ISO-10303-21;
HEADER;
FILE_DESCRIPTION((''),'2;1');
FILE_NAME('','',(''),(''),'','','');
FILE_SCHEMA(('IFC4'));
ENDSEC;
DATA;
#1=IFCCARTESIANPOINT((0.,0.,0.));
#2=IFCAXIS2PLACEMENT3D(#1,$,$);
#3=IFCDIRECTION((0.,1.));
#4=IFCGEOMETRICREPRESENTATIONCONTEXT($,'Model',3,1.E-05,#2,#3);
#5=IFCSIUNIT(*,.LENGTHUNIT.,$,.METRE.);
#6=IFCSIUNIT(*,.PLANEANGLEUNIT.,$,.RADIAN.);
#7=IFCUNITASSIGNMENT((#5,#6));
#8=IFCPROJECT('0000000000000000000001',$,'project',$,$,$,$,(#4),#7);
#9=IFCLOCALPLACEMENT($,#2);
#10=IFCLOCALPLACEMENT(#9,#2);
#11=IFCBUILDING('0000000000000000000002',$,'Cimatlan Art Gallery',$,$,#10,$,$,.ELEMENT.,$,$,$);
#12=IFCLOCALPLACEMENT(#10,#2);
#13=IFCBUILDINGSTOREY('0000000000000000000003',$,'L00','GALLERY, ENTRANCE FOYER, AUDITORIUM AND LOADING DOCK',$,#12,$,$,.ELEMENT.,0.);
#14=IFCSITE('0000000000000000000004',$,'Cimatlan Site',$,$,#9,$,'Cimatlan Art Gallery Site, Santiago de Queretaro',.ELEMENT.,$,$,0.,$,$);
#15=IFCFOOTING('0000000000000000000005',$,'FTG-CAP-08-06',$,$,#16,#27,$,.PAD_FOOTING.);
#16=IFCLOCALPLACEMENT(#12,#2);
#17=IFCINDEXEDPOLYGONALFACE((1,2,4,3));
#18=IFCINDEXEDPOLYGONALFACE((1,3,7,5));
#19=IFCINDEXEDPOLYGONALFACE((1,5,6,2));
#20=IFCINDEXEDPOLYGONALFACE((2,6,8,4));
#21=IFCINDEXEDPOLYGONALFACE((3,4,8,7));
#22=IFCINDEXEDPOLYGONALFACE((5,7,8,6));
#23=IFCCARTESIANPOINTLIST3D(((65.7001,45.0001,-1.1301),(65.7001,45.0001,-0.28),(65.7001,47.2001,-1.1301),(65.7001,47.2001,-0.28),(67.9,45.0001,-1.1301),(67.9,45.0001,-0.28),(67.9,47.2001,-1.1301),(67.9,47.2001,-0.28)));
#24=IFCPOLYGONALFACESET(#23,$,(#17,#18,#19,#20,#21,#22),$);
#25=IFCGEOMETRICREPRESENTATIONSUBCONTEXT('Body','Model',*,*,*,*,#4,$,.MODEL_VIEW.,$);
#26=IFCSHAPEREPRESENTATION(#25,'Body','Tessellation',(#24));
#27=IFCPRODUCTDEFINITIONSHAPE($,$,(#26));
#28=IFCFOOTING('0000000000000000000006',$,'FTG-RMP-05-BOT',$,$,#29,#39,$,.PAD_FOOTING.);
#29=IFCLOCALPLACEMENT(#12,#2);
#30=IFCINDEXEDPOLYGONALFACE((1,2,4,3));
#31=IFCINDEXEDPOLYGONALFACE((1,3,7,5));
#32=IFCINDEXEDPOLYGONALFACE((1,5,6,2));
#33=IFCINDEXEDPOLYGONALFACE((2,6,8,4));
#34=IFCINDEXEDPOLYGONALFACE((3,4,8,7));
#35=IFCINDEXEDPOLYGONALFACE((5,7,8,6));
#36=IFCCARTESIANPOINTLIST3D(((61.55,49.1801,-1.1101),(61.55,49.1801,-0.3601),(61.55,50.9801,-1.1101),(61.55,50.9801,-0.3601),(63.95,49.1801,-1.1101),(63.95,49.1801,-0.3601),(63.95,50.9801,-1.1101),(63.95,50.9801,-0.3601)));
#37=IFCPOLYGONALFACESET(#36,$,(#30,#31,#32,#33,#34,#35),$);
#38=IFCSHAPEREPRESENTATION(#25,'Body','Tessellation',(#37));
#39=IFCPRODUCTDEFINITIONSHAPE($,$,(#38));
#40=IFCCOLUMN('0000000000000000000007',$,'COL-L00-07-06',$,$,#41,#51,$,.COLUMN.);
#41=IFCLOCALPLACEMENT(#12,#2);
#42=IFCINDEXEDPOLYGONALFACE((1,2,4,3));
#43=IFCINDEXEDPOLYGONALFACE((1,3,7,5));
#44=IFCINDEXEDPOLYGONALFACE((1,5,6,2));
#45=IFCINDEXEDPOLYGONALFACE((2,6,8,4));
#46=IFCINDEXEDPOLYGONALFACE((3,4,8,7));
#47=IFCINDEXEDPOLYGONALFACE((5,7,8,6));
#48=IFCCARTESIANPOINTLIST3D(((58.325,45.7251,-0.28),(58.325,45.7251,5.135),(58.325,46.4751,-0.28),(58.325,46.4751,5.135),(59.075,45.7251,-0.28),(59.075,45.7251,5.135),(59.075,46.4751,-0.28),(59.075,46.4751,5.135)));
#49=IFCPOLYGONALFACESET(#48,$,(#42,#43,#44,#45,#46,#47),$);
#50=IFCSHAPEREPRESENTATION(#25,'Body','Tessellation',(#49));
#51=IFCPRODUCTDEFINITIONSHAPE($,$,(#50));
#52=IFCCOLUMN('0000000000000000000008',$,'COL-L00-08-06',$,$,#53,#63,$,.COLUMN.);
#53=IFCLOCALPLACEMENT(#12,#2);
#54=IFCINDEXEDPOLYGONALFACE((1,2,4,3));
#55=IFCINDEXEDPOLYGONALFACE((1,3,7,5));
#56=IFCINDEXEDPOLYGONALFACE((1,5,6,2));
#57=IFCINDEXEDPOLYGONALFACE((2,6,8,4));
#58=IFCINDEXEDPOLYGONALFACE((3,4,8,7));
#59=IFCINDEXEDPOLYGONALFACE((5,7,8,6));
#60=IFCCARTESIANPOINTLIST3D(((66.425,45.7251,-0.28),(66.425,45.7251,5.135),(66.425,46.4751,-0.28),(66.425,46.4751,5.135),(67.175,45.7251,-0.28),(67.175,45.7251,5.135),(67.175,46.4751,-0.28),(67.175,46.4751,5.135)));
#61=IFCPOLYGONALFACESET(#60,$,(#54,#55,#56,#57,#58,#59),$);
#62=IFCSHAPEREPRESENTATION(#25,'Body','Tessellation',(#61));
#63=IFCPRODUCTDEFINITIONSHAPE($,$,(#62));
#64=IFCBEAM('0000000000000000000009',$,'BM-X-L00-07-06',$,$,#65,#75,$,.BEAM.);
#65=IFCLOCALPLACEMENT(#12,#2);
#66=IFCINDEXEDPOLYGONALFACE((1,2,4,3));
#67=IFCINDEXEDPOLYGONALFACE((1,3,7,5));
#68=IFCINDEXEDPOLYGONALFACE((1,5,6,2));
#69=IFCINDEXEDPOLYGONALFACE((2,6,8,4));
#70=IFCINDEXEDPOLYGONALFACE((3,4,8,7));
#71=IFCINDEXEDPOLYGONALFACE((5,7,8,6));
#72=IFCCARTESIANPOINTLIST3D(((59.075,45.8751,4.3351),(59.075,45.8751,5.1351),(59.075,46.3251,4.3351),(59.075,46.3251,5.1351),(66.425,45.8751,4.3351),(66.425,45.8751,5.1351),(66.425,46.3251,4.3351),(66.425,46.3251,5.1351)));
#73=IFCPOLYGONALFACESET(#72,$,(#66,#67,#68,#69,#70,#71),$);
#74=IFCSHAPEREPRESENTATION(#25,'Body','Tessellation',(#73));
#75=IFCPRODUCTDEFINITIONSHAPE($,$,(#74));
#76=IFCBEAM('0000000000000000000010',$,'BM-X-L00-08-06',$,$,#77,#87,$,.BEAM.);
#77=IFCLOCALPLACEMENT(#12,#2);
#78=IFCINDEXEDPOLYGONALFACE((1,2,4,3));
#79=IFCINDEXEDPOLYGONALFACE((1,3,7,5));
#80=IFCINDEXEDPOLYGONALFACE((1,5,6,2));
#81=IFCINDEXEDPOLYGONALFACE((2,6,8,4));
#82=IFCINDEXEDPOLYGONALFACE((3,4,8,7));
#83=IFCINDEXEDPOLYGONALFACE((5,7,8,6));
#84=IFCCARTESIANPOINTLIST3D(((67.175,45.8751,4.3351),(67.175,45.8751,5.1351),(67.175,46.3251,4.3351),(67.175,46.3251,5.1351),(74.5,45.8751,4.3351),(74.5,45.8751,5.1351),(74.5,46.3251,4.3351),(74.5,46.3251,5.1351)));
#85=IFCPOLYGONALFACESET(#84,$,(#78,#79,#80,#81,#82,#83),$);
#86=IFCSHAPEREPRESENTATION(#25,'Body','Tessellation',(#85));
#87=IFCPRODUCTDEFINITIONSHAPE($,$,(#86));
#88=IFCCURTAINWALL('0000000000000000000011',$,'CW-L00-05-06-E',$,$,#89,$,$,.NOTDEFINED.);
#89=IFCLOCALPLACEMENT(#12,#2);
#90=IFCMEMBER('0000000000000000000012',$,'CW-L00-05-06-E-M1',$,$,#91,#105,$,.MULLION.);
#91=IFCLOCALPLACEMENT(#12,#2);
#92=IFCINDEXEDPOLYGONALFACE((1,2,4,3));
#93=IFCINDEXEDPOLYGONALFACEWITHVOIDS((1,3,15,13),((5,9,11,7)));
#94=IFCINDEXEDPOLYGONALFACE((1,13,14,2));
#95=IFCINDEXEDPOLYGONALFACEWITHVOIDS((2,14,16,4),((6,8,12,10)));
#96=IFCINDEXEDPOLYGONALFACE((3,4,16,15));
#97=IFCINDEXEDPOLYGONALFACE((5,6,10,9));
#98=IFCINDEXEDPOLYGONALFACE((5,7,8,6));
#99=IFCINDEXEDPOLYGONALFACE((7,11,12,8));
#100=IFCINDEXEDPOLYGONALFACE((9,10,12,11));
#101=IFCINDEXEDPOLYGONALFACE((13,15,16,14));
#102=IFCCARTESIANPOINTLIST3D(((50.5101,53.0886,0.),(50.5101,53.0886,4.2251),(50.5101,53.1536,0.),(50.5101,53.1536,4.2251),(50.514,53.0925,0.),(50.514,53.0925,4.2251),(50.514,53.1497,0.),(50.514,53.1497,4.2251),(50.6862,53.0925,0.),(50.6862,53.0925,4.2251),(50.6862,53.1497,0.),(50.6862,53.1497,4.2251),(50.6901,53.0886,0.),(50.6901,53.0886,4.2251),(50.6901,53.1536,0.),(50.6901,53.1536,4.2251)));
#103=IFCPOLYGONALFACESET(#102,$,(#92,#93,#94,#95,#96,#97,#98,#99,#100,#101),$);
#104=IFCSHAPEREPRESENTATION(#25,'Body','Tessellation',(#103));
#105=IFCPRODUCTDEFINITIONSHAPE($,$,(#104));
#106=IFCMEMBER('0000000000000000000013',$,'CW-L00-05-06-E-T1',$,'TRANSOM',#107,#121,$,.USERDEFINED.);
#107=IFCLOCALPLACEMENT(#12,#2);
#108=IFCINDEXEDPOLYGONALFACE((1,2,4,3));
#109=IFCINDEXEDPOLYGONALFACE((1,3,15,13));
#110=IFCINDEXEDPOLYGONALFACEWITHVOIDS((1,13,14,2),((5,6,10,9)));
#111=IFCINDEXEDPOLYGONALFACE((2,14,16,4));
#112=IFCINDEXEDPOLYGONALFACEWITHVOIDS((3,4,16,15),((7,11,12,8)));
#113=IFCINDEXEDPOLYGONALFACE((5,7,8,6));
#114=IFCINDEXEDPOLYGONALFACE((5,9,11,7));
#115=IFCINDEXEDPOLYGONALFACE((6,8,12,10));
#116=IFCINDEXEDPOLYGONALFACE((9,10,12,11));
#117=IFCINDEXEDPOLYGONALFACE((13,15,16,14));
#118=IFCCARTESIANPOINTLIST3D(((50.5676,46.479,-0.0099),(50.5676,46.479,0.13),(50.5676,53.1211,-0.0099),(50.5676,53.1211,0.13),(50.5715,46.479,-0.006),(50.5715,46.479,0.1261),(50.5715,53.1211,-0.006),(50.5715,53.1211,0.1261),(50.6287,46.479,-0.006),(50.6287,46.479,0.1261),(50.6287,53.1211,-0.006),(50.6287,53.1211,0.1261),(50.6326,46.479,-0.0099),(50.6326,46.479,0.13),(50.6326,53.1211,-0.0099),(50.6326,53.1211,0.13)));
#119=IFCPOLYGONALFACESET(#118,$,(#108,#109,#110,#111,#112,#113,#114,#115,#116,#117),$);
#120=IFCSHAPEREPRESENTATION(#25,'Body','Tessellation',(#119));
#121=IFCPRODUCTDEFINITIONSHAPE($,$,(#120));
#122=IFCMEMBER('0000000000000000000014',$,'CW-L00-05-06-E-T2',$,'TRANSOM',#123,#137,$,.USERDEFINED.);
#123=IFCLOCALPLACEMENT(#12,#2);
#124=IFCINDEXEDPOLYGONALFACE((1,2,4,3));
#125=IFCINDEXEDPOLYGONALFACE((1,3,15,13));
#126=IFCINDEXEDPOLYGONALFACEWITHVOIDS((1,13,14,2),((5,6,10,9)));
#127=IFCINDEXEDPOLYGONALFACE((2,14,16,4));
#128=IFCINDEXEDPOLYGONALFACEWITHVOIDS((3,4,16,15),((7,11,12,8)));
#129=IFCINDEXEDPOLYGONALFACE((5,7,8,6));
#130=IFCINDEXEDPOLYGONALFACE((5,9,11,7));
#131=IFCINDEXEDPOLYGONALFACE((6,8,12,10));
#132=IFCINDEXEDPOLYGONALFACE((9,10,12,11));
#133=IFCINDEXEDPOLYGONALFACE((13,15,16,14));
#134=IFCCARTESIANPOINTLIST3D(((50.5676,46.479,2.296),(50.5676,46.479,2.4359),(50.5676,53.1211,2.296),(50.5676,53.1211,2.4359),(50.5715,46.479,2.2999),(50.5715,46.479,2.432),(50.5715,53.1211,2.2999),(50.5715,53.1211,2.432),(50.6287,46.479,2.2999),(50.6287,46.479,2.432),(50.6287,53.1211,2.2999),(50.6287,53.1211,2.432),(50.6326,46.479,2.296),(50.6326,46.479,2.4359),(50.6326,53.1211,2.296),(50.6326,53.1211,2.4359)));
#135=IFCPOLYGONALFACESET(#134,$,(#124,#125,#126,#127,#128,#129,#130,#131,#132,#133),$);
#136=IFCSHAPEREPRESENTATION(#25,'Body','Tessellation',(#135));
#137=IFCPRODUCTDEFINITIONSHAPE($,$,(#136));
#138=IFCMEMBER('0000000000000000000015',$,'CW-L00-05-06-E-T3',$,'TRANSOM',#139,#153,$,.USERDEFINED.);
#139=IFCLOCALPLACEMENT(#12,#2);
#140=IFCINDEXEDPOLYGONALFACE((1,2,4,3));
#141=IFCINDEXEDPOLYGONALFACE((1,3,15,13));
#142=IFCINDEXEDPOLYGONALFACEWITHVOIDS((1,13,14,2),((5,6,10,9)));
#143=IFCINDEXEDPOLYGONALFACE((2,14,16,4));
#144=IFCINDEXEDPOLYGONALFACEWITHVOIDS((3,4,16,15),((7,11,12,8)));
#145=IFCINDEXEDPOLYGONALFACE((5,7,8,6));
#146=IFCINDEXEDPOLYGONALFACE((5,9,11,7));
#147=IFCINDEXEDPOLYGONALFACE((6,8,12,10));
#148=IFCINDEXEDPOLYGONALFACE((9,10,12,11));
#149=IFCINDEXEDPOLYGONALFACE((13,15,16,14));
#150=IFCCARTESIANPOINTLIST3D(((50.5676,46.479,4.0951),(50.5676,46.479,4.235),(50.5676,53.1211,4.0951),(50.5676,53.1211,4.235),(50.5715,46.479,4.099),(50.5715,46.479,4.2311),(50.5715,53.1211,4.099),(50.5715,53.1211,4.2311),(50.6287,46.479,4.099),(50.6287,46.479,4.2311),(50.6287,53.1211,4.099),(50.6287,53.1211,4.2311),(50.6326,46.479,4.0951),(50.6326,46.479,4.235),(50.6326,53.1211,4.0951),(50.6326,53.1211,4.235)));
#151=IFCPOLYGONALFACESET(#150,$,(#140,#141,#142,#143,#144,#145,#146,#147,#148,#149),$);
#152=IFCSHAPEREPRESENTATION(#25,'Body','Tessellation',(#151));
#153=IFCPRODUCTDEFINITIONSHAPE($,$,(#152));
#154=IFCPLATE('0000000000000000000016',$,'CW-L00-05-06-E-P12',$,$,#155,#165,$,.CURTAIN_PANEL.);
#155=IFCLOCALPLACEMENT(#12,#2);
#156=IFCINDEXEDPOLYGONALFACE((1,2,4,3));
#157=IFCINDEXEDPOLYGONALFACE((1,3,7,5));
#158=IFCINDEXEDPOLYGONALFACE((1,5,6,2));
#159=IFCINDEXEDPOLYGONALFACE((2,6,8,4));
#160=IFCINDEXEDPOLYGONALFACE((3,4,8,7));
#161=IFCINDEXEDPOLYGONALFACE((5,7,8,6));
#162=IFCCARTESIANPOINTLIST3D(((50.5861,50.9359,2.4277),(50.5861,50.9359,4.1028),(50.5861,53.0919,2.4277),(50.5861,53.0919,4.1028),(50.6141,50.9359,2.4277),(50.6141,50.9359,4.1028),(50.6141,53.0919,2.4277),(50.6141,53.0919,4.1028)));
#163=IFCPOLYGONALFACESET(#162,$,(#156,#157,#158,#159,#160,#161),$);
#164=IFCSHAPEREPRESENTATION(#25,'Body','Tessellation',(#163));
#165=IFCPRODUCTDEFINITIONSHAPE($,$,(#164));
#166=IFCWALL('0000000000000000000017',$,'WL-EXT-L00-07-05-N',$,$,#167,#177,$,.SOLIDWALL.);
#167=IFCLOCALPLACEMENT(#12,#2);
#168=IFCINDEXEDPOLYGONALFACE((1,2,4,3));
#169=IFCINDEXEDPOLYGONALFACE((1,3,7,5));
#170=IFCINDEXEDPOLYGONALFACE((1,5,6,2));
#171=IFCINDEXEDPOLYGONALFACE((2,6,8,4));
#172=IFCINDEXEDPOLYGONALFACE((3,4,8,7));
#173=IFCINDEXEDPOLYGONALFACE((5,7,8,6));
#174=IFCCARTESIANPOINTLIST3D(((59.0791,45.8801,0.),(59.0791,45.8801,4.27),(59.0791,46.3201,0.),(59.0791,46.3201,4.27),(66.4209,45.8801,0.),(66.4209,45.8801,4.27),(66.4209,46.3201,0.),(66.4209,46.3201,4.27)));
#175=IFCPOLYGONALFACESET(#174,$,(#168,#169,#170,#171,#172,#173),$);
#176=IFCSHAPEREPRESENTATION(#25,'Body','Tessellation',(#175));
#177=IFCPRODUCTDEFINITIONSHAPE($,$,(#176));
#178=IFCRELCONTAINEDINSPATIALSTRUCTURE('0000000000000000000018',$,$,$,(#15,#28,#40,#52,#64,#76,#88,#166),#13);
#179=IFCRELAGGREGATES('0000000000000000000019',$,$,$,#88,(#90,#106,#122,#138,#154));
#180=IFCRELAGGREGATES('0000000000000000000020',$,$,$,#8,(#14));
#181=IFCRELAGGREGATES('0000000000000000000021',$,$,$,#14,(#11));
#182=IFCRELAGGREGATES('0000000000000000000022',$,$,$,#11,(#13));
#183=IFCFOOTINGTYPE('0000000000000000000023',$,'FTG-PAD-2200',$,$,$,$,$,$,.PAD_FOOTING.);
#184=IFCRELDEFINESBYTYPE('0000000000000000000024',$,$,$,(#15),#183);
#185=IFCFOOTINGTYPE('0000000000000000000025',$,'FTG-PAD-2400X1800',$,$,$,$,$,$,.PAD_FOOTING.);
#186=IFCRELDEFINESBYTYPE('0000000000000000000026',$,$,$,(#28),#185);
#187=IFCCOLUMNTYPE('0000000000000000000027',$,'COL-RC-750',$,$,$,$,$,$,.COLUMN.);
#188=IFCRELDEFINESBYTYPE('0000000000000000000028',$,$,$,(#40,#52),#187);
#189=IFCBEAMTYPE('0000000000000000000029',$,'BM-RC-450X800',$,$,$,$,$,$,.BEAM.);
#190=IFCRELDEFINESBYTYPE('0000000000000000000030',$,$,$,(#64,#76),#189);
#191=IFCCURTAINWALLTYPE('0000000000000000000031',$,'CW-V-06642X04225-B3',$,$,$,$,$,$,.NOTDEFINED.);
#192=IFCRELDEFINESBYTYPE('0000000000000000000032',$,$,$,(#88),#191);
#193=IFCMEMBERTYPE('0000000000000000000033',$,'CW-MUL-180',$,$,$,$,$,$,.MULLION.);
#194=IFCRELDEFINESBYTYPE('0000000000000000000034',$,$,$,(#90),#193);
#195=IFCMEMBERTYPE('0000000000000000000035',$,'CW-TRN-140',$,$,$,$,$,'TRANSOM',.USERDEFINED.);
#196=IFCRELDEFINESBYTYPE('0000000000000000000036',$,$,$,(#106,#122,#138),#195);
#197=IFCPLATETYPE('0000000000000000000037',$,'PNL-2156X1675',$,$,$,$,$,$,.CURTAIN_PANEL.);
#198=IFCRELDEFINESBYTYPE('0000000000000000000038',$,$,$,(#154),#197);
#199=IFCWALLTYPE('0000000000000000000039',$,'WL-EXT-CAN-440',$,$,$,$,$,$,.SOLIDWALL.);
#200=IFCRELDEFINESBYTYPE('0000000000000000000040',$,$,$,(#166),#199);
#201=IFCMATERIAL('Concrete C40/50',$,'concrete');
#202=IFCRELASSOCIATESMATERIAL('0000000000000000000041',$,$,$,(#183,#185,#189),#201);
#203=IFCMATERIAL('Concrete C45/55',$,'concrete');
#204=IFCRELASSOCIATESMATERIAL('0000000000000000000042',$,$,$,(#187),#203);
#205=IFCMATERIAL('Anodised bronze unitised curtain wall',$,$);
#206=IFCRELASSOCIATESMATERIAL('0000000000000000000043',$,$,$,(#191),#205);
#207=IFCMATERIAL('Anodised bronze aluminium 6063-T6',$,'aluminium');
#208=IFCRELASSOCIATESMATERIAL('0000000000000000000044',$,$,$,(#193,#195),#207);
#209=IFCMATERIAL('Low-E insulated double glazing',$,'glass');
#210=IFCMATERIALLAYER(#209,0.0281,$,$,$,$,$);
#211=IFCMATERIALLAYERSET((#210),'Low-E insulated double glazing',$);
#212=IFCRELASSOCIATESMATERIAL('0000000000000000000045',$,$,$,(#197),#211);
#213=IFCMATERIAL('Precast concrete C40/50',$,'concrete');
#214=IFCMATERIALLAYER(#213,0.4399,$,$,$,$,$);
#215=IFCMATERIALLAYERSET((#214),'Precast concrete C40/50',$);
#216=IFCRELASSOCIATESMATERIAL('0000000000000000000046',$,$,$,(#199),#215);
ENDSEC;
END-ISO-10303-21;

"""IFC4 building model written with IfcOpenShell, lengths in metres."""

from ifc_helpers import new_model, si_unit, direction, frame, frame_2d, origin, origin_2d, place, context, subcontext, project, spatial, rectangle, hollow_rectangle, extrude, material, layer, layer_set, material_profile, profile_set, type_object, element, aggregate, save


model = new_model("IFC4")

# Units and contexts
model_context = context("Model", 3, precision=1e-05, world=origin(), true_north=direction((0.0, 1.0)))
body_context = subcontext(model_context, "Body", "Model", "MODEL_VIEW")
ifc_project = project(units=[si_unit("LENGTHUNIT", "METRE"), si_unit("PLANEANGLEUNIT", "RADIAN")], contexts=[model_context])

# Site, building, storey
site_placement = place(None, origin())
site = spatial("IfcSite", under=ifc_project, at=site_placement, Name="Cimatlan Site", LongName="Cimatlan Art Gallery Site, Santiago de Queretaro", CompositionType="ELEMENT", RefElevation=0.0)
building_placement = place(site_placement, origin())
building = spatial("IfcBuilding", under=site, at=building_placement, Name="Cimatlan Art Gallery", CompositionType="ELEMENT")
storey_placement = place(building_placement, origin())
storey = spatial("IfcBuildingStorey", under=building, at=storey_placement, Name="L00", Description="GALLERY, ENTRANCE FOYER, AUDITORIUM AND LOADING DOCK", CompositionType="ELEMENT", Elevation=0.0)

# Footings
ifc_material_1 = material(Name="Concrete C40/50", Category="concrete")
footing_type_1 = type_object("IfcFootingType", Name="FTG-PAD-2200", PredefinedType="PAD_FOOTING", material=ifc_material_1)
footing_1_placement = place(storey_placement, frame((66.8, 46.1001, -1.1301), z_axis=(0.0, 0.0, 1.0), x_axis=(1.0, 0.0, 0.0)))
element("IfcFooting", 1, at=footing_1_placement, inside=storey, type_object=footing_type_1, Name="FTG-CAP-08-06", PredefinedType="PAD_FOOTING", context=body_context, shape_type="SweptSolid", body=[
    extrude(rectangle(XDim=2.2, YDim=2.2, at=origin_2d()), origin(), (0.0, 0.0, 1.0), 0.8501),
])
footing_type_2 = type_object("IfcFootingType", Name="FTG-PAD-2400X1800", PredefinedType="PAD_FOOTING", material=ifc_material_1)
footing_2_placement = place(storey_placement, frame((62.75, 50.0801, -1.1101), z_axis=(0.0, 0.0, 1.0), x_axis=(1.0, 0.0, 0.0)))
element("IfcFooting", 2, at=footing_2_placement, inside=storey, type_object=footing_type_2, Name="FTG-RMP-05-BOT", PredefinedType="PAD_FOOTING", context=body_context, shape_type="SweptSolid", body=[
    extrude(rectangle(XDim=2.3999, YDim=1.8, at=origin_2d()), origin(), (0.0, 0.0, 1.0), 0.75),
])

# Columns
ifc_material_2 = material(Name="Concrete C45/55", Category="concrete")
ifc_material_profile_1 = material_profile(ifc_material_2, rectangle(XDim=0.75, YDim=0.75, at=origin_2d()), Name="RC750X750")
ifc_profile_set_1 = profile_set([ifc_material_profile_1], Name="Concrete C45/55")
column_type = type_object("IfcColumnType", Name="COL-RC-750", PredefinedType="COLUMN", material=ifc_profile_set_1)
for number, where, z_axis, x_axis, name in (
    (3, (58.7, 46.1001, -0.28), (0.0, 0.0, 1.0), (1.0, 0.0, 0.0), "COL-L00-07-06"),
    (4, (66.8, 46.1001, -0.28), (0.0, 0.0, 1.0), (1.0, 0.0, 0.0), "COL-L00-08-06"),
):
    element("IfcColumn", number, at=place(storey_placement, frame(where, z_axis=z_axis, x_axis=x_axis)), inside=storey, type_object=column_type, Name=name, PredefinedType="COLUMN", context=body_context, shape_type="SweptSolid", body=[
        extrude(rectangle(XDim=0.75, YDim=0.75, at=origin_2d()), origin(), (0.0, 0.0, 1.0), 5.415),
    ])

# Beams
ifc_material_profile_2 = material_profile(ifc_material_1, rectangle(XDim=0.45, YDim=0.8, at=origin_2d()), Name="RC450X800")
ifc_profile_set_2 = profile_set([ifc_material_profile_2], Name="Concrete C40/50")
beam_type = type_object("IfcBeamType", Name="BM-RC-450X800", PredefinedType="BEAM", material=ifc_profile_set_2)
beam_1_placement = place(storey_placement, frame((59.075, 46.1001, 4.7351), z_axis=(1.0, 0.0, 0.0), x_axis=(0.0, 1.0, 0.0)))
element("IfcBeam", 5, at=beam_1_placement, inside=storey, type_object=beam_type, Name="BM-X-L00-07-06", PredefinedType="BEAM", context=body_context, shape_type="SweptSolid", body=[
    extrude(rectangle(XDim=0.45, YDim=0.8, at=origin_2d()), origin(), (0.0, 0.0, 1.0), 7.3501),
])
beam_2_placement = place(storey_placement, frame((67.175, 46.1001, 4.7351), z_axis=(1.0, 0.0, 0.0), x_axis=(0.0, 1.0, 0.0)))
element("IfcBeam", 6, at=beam_2_placement, inside=storey, type_object=beam_type, Name="BM-X-L00-08-06", PredefinedType="BEAM", context=body_context, shape_type="SweptSolid", body=[
    extrude(rectangle(XDim=0.45, YDim=0.8, at=origin_2d()), origin(), (0.0, 0.0, 1.0), 7.325),
])

# Curtain wall, members, plate
ifc_material_3 = material(Name="Anodised bronze unitised curtain wall")
curtain_wall_type = type_object("IfcCurtainWallType", Name="CW-V-06642X04225-B3", PredefinedType="NOTDEFINED", material=ifc_material_3)
curtain_wall_placement = place(storey_placement, origin())
curtain_wall = element("IfcCurtainWall", 7, at=curtain_wall_placement, inside=storey, type_object=curtain_wall_type, Name="CW-L00-05-06-E", PredefinedType="NOTDEFINED")
ifc_material_4 = material(Name="Anodised bronze aluminium 6063-T6", Category="aluminium")
ifc_material_profile_3 = material_profile(ifc_material_4, hollow_rectangle(XDim=0.0649, YDim=0.1799, WallThickness=0.0039, at=origin_2d()), Name="ALU65X180X4")
ifc_profile_set_3 = profile_set([ifc_material_profile_3], Name="Anodised bronze aluminium 6063-T6")
member_type_1 = type_object("IfcMemberType", Name="CW-MUL-180", PredefinedType="MULLION", material=ifc_profile_set_3)
member_1_placement = place(storey_placement, frame((50.6001, 53.1211, 0.0), z_axis=(0.0, 0.0, 1.0), x_axis=(0.0, 1.0, 0.0)))
member_1 = element("IfcMember", 8, at=member_1_placement, type_object=member_type_1, Name="CW-L00-05-06-E-M1", PredefinedType="MULLION", context=body_context, shape_type="SweptSolid", body=[
    extrude(hollow_rectangle(XDim=0.0649, YDim=0.1799, WallThickness=0.0039, at=origin_2d()), origin(), (0.0, 0.0, 1.0), 4.2251),
])
ifc_material_profile_4 = material_profile(ifc_material_4, hollow_rectangle(XDim=0.0649, YDim=0.1399, WallThickness=0.0039, at=origin_2d()), Name="ALU65X140X4")
ifc_profile_set_4 = profile_set([ifc_material_profile_4], Name="Anodised bronze aluminium 6063-T6")
member_type_2 = type_object("IfcMemberType", Name="CW-TRN-140", ElementType="TRANSOM", PredefinedType="USERDEFINED", material=ifc_profile_set_4)
member_2_placement = place(storey_placement, frame((50.6001, 53.1211, 0.0601), z_axis=(0.0, -1.0, 0.0), x_axis=(1.0, 0.0, 0.0)))
member_2 = element("IfcMember", 9, at=member_2_placement, type_object=member_type_2, Name="CW-L00-05-06-E-T1", ObjectType="TRANSOM", PredefinedType="USERDEFINED", context=body_context, shape_type="SweptSolid", body=[
    extrude(hollow_rectangle(XDim=0.0649, YDim=0.1399, WallThickness=0.0039, at=origin_2d()), origin(), (0.0, 0.0, 1.0), 6.6421),
])
member_3_placement = place(storey_placement, frame((50.6001, 53.1211, 2.366), z_axis=(0.0, -1.0, 0.0), x_axis=(1.0, 0.0, 0.0)))
member_3 = element("IfcMember", 10, at=member_3_placement, type_object=member_type_2, Name="CW-L00-05-06-E-T2", ObjectType="TRANSOM", PredefinedType="USERDEFINED", context=body_context, shape_type="SweptSolid", body=[
    extrude(hollow_rectangle(XDim=0.0649, YDim=0.1399, WallThickness=0.0039, at=origin_2d()), origin(), (0.0, 0.0, 1.0), 6.6421),
])
member_4_placement = place(storey_placement, frame((50.6001, 53.1211, 4.165), z_axis=(0.0, -1.0, 0.0), x_axis=(1.0, 0.0, 0.0)))
member_4 = element("IfcMember", 11, at=member_4_placement, type_object=member_type_2, Name="CW-L00-05-06-E-T3", ObjectType="TRANSOM", PredefinedType="USERDEFINED", context=body_context, shape_type="SweptSolid", body=[
    extrude(hollow_rectangle(XDim=0.0649, YDim=0.1399, WallThickness=0.0039, at=origin_2d()), origin(), (0.0, 0.0, 1.0), 6.6421),
])
ifc_material_5 = material(Name="Low-E insulated double glazing", Category="glass")
ifc_layer_1 = layer(ifc_material_5, 0.0281)
ifc_layer_set_1 = layer_set([ifc_layer_1], Name="Low-E insulated double glazing")
plate_type = type_object("IfcPlateType", Name="PNL-2156X1675", PredefinedType="CURTAIN_PANEL", material=ifc_layer_set_1)
plate_placement = place(storey_placement, frame((50.6001, 52.0139, 2.4277), z_axis=(0.0, 0.0, 1.0), x_axis=(0.0, -1.0, 0.0)))
plate = element("IfcPlate", 12, at=plate_placement, type_object=plate_type, Name="CW-L00-05-06-E-P12", PredefinedType="CURTAIN_PANEL", context=body_context, shape_type="SweptSolid", body=[
    extrude(rectangle(XDim=2.156, YDim=0.0281, at=origin_2d()), origin(), (0.0, 0.0, 1.0), 1.675),
])
aggregate(curtain_wall, [member_1, member_2, member_3, member_4, plate])

# Wall
ifc_material_6 = material(Name="Precast concrete C40/50", Category="concrete")
ifc_layer_2 = layer(ifc_material_6, 0.4399)
ifc_layer_set_2 = layer_set([ifc_layer_2], Name="Precast concrete C40/50")
wall_type = type_object("IfcWallType", Name="WL-EXT-CAN-440", PredefinedType="SOLIDWALL", material=ifc_layer_set_2)
wall_1_placement = place(storey_placement, frame((59.0791, 46.1001, 0.0), z_axis=(0.0, 0.0, 1.0), x_axis=(1.0, 0.0, 0.0)))
element("IfcWall", 13, at=wall_1_placement, inside=storey, type_object=wall_type, Name="WL-EXT-L00-07-05-N", PredefinedType="SOLIDWALL", context=body_context, shape_type="SweptSolid", body=[
    extrude(rectangle(XDim=7.3418, YDim=0.4399, at=frame_2d((3.6709, 0.0))), origin(), (0.0, 0.0, 1.0), 4.27),
])

save(model, "model.ifc")
